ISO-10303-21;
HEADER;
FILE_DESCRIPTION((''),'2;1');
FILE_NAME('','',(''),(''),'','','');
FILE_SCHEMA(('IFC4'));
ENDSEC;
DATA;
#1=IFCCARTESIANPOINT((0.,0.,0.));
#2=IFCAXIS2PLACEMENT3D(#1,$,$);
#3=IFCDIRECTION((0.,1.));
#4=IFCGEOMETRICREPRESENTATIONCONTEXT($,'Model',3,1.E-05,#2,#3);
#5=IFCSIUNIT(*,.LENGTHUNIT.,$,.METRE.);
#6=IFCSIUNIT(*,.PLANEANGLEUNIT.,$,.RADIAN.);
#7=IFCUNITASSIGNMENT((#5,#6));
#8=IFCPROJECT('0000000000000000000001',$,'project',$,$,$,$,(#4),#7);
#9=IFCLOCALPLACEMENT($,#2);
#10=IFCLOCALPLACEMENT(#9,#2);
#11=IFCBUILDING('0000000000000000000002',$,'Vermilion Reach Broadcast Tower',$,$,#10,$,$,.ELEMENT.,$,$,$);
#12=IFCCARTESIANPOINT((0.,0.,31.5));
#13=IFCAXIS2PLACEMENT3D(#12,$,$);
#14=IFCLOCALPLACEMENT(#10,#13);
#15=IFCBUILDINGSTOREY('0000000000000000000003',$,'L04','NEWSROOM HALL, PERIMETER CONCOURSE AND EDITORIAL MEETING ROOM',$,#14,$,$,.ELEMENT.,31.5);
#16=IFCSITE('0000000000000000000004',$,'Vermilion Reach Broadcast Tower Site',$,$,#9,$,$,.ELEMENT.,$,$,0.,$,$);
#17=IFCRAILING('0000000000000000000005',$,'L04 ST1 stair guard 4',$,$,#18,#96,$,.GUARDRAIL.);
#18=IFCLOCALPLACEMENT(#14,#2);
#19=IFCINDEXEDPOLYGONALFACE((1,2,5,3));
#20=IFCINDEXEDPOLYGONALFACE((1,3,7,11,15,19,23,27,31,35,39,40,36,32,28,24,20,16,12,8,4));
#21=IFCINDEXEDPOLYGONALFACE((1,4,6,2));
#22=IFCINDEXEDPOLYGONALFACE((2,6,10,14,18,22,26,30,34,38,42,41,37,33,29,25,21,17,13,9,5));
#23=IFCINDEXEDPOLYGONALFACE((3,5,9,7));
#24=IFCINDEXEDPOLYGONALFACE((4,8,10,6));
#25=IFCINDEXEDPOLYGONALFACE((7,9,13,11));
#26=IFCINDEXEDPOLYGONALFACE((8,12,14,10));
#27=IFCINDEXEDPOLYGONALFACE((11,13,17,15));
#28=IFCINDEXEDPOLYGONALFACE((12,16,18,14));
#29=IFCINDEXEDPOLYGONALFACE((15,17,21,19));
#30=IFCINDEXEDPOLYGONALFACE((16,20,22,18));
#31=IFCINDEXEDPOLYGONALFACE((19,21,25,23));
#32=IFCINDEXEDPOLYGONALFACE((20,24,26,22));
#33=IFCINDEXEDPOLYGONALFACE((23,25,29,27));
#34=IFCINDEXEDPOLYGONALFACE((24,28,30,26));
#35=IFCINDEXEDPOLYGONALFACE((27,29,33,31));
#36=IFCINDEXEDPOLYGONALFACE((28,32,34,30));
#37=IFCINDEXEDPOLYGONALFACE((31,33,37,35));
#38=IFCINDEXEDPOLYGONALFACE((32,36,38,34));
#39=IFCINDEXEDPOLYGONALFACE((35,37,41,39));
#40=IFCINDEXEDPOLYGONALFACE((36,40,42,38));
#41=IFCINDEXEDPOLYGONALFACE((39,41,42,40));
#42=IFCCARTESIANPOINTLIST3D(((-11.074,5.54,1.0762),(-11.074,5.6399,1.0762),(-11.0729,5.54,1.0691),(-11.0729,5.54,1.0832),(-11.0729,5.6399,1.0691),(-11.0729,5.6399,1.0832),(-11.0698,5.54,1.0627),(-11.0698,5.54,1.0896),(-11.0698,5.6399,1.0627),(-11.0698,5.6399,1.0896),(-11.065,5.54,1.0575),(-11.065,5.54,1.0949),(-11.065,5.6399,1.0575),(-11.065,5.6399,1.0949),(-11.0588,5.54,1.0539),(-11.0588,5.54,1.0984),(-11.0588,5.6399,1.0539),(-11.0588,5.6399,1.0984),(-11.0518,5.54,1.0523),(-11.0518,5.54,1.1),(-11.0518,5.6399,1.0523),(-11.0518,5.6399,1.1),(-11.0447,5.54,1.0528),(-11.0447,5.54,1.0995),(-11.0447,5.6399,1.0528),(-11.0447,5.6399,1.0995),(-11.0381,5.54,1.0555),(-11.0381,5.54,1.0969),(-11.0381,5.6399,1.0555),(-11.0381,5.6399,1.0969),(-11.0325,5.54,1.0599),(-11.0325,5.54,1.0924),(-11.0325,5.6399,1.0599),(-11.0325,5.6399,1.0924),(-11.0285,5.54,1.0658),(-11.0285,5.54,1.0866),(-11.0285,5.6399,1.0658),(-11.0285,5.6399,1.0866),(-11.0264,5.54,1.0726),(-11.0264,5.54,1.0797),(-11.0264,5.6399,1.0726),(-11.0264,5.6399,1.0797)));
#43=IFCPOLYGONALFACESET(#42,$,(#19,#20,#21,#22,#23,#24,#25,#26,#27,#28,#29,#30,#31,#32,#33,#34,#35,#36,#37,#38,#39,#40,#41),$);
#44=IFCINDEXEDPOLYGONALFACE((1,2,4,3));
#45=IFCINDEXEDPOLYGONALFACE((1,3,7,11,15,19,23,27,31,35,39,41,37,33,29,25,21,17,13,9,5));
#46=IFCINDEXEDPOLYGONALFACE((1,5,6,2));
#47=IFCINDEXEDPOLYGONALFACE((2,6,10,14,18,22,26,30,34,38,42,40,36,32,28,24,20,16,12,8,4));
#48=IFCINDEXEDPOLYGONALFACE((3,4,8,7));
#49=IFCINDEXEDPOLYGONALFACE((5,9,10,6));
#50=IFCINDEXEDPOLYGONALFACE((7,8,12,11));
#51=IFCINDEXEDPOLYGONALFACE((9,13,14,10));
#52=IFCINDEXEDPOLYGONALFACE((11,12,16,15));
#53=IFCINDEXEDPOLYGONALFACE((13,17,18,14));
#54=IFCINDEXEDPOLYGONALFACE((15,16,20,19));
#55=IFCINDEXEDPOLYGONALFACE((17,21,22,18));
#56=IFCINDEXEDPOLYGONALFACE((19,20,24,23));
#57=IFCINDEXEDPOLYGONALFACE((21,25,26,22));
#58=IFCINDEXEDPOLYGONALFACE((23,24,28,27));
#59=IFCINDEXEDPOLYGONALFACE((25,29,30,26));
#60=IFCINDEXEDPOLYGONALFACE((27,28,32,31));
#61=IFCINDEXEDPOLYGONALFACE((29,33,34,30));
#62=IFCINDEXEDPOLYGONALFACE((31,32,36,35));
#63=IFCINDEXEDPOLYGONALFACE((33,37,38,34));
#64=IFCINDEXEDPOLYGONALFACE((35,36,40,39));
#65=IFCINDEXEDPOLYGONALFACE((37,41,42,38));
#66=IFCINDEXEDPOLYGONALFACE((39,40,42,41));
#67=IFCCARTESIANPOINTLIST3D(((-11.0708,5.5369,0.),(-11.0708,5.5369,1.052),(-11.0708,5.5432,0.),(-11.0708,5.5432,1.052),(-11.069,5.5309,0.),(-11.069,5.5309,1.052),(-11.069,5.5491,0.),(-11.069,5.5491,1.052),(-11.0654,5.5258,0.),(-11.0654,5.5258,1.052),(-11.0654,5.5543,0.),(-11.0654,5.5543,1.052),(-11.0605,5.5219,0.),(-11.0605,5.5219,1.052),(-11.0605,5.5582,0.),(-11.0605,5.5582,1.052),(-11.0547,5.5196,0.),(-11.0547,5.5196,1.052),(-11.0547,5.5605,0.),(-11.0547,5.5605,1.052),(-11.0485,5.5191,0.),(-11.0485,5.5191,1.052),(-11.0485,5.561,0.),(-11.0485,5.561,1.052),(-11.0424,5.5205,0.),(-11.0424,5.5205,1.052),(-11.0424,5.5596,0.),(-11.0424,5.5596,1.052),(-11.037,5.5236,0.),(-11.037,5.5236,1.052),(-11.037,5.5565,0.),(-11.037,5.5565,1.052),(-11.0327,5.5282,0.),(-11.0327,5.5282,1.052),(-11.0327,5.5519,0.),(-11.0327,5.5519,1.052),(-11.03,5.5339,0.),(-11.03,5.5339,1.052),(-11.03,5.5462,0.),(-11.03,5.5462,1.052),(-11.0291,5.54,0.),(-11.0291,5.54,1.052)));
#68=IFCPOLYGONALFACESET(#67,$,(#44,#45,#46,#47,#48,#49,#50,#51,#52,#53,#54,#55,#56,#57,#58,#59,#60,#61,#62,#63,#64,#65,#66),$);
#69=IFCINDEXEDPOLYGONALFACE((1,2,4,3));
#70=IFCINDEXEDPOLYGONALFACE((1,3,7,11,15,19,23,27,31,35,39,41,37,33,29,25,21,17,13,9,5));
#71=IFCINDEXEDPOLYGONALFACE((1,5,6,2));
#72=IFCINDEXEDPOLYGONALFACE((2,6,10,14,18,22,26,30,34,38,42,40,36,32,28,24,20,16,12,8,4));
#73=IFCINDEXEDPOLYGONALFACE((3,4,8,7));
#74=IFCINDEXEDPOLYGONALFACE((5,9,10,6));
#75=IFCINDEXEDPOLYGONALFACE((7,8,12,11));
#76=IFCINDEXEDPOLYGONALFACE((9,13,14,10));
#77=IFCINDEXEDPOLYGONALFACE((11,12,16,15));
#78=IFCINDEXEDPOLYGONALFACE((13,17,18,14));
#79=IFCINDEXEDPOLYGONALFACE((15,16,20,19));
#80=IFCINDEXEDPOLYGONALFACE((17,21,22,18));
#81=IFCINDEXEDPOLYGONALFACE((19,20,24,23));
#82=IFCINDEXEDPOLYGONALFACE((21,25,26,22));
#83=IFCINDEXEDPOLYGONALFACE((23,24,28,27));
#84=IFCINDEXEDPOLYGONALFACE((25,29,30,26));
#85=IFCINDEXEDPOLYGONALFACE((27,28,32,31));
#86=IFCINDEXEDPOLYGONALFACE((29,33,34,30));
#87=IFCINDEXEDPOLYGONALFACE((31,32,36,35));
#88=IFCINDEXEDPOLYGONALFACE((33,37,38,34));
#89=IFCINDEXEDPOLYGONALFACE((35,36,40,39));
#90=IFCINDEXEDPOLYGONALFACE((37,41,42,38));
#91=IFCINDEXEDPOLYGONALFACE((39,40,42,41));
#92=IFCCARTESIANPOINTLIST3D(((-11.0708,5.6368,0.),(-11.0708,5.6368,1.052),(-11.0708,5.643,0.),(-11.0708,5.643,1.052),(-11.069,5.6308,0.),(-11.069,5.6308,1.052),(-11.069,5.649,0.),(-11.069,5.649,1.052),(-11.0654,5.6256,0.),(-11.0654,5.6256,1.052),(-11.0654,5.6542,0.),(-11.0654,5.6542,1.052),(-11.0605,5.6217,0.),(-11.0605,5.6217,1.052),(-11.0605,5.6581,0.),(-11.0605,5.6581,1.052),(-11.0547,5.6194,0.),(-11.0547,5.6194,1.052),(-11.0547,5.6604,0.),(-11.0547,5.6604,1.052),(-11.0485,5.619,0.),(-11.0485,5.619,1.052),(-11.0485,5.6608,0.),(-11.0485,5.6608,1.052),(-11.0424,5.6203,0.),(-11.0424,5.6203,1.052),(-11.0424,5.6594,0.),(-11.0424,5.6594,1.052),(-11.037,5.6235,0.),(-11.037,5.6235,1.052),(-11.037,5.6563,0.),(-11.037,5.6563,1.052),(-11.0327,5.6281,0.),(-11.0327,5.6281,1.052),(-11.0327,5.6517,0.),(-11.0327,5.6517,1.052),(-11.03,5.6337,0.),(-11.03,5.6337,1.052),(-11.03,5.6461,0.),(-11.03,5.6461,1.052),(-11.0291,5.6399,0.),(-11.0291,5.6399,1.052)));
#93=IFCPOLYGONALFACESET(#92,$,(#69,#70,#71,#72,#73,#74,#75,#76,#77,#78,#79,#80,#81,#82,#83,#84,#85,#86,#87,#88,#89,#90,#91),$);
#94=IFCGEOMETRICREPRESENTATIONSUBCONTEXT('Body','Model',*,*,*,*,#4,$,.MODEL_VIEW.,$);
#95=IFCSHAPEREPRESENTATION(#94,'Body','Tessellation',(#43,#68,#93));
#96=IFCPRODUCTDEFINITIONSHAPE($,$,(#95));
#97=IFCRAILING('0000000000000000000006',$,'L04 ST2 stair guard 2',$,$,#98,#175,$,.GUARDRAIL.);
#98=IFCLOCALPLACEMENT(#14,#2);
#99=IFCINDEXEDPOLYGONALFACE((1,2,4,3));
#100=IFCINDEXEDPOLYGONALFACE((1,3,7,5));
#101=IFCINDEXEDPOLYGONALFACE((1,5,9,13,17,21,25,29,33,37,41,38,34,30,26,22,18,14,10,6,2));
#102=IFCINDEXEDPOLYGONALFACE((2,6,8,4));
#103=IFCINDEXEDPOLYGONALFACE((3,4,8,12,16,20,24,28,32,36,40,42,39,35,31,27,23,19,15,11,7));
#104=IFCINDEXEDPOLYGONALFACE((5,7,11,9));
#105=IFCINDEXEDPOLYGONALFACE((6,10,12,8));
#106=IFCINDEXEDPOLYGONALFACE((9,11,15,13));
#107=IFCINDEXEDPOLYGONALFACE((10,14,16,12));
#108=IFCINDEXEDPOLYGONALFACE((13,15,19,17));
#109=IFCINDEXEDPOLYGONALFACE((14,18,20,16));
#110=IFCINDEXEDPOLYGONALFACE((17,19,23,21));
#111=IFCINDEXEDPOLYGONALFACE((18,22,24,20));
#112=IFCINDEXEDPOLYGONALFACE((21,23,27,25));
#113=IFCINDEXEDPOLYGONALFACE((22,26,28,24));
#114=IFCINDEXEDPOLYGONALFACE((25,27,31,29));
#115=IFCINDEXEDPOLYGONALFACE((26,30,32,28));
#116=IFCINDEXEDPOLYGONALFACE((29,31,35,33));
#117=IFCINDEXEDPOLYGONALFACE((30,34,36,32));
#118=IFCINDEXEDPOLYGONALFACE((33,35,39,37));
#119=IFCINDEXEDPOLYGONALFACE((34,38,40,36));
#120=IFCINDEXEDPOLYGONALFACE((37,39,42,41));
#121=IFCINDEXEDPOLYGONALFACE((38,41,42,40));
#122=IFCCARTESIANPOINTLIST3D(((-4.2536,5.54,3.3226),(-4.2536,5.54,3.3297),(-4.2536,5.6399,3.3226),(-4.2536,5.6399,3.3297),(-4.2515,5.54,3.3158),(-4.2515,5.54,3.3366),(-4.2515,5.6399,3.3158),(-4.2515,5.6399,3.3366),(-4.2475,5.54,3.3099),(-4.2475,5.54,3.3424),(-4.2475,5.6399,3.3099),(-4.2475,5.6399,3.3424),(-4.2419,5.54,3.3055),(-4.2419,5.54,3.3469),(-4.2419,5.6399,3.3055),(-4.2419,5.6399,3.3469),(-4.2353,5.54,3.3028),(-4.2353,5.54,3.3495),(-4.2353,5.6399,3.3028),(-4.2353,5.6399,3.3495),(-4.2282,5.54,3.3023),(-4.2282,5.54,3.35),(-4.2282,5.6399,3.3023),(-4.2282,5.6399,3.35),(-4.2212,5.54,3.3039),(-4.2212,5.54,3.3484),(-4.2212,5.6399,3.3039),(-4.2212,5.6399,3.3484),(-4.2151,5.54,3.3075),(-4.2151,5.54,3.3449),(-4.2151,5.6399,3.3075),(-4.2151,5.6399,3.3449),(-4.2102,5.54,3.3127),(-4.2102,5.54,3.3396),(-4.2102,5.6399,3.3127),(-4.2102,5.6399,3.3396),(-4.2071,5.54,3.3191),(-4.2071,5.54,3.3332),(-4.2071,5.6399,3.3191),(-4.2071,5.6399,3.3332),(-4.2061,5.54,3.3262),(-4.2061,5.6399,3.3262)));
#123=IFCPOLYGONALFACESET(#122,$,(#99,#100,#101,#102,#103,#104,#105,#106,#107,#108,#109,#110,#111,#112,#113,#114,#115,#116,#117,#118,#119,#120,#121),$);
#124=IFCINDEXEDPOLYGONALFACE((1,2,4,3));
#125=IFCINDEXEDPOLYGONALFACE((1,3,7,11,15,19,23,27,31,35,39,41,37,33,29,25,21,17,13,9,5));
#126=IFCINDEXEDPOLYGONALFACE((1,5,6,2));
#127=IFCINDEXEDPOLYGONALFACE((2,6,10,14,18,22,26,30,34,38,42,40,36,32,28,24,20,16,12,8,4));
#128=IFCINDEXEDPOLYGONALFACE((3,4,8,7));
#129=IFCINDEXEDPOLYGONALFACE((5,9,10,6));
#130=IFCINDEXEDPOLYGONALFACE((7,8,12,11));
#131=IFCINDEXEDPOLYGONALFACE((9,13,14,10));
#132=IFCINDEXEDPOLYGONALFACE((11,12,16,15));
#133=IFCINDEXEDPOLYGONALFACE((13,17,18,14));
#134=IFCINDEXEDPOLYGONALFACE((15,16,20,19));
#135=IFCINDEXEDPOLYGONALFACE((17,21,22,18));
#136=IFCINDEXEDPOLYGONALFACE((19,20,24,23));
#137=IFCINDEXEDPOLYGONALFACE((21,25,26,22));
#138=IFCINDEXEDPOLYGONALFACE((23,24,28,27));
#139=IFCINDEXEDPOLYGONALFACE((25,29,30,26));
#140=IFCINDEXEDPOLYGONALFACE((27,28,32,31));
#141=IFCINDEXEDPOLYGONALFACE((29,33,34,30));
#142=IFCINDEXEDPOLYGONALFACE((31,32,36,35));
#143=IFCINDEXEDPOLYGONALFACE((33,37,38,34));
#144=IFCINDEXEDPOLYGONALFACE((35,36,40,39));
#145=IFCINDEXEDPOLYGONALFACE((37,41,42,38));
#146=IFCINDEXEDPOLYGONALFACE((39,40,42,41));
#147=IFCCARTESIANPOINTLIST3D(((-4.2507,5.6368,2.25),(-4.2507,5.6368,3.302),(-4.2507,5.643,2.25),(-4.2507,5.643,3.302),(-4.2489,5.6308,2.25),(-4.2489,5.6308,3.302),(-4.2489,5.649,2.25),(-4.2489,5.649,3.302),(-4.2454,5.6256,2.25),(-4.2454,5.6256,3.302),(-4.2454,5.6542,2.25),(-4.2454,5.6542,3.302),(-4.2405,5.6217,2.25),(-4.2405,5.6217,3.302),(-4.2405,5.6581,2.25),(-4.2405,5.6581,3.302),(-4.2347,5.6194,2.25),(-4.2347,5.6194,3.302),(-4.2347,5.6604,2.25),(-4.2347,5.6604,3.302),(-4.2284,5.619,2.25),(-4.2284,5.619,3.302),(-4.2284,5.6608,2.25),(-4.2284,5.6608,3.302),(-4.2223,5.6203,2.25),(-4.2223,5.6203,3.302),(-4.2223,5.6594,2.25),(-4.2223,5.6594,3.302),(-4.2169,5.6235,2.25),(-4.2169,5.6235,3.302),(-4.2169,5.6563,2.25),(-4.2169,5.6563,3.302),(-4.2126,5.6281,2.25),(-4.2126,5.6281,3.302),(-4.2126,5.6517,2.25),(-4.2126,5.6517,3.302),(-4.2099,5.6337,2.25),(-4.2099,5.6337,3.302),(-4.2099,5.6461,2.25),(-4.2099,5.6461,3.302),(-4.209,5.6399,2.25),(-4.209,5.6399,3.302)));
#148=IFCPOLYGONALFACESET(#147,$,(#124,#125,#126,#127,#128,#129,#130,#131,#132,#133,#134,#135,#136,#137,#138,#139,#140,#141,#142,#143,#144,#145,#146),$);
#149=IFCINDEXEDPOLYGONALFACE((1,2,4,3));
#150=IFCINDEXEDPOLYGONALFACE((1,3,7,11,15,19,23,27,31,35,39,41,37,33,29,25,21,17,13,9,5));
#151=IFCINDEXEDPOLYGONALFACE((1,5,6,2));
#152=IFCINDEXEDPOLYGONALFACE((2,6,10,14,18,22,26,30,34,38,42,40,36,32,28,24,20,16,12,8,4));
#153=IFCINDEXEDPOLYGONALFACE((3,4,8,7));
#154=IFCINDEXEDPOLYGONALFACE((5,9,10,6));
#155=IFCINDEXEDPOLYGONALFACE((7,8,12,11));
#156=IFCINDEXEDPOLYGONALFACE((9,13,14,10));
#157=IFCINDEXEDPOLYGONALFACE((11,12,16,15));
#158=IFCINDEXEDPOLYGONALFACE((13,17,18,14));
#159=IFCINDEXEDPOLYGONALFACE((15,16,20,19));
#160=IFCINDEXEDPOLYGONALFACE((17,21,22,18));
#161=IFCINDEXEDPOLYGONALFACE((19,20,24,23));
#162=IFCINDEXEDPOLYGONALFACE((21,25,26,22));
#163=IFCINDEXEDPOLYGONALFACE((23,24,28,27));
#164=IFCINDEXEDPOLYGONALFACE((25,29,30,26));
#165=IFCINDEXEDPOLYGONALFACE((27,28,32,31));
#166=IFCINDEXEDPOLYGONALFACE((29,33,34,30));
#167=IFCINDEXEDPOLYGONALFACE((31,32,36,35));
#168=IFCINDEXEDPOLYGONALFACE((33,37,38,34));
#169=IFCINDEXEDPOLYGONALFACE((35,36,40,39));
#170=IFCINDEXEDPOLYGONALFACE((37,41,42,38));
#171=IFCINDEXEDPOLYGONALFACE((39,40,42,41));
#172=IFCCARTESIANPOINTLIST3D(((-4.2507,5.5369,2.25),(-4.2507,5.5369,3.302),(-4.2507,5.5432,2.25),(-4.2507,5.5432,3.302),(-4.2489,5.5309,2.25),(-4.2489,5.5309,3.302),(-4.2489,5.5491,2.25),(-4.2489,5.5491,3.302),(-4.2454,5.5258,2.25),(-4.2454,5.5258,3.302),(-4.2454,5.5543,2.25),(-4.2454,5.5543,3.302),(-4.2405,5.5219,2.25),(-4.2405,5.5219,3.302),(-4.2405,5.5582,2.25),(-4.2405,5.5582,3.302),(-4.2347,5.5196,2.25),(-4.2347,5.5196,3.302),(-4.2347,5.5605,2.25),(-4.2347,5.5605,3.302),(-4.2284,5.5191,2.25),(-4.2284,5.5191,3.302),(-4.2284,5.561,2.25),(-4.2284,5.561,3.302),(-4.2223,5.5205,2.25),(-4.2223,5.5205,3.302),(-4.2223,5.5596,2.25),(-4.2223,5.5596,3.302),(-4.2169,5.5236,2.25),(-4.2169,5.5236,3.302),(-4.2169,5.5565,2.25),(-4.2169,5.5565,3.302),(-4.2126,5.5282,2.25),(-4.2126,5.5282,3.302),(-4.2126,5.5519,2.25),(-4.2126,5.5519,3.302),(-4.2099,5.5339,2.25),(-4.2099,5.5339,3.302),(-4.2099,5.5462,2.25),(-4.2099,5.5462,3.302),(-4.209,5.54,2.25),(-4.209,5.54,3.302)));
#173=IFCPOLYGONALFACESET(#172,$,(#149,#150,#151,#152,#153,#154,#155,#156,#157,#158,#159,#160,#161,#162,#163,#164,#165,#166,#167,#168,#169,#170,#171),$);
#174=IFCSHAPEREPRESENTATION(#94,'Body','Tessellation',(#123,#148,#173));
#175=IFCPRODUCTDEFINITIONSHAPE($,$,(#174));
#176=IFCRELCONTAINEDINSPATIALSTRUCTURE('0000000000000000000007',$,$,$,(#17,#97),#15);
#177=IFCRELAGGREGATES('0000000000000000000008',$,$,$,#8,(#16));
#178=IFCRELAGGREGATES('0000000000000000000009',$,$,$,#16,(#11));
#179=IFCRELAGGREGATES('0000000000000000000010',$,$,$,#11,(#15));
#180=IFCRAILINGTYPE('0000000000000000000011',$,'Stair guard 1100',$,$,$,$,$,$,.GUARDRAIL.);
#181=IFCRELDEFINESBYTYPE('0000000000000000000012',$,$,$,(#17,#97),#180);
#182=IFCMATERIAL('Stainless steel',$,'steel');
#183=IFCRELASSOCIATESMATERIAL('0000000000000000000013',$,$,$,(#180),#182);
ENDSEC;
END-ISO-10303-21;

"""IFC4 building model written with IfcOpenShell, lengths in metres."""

from ifc_helpers import new_model, si_unit, direction, frame, origin, origin_2d, place, context, subcontext, project, spatial, circle, extrude, material, type_object, element, save


model = new_model("IFC4")

# Units and contexts
model_context = context("Model", 3, precision=1e-05, world=origin(), true_north=direction((0.0, 1.0)))
body_context = subcontext(model_context, "Body", "Model", "MODEL_VIEW")
ifc_project = project(units=[si_unit("LENGTHUNIT", "METRE"), si_unit("PLANEANGLEUNIT", "RADIAN")], contexts=[model_context])

# Site, building, storey
site_placement = place(None, origin())
site = spatial("IfcSite", under=ifc_project, at=site_placement, Name="Vermilion Reach Broadcast Tower Site", CompositionType="ELEMENT", RefElevation=0.0)
building_placement = place(site_placement, origin())
building = spatial("IfcBuilding", under=site, at=building_placement, Name="Vermilion Reach Broadcast Tower", CompositionType="ELEMENT")
storey_placement = place(building_placement, frame((0.0, 0.0, 31.5)))
storey = spatial("IfcBuildingStorey", under=building, at=storey_placement, Name="L04", Description="NEWSROOM HALL, PERIMETER CONCOURSE AND EDITORIAL MEETING ROOM", CompositionType="ELEMENT", Elevation=31.5)

# Railings
ifc_material_1 = material(Name="Stainless steel", Category="steel")
railing_type_1 = type_object("IfcRailingType", Name="Stair guard 1100", PredefinedType="GUARDRAIL", material=ifc_material_1)
railing_1_placement = place(storey_placement, frame((-11.05, 5.54, 0.0)))
element("IfcRailing", 1, at=railing_1_placement, inside=storey, type_object=railing_type_1, Name="L04 ST1 stair guard 4", PredefinedType="GUARDRAIL", context=body_context, shape_type="SweptSolid", body=[
    extrude(circle(Radius=0.0239, at=origin_2d()), frame((0.0, 0.0, 1.0762), z_axis=(0.0, 1.0, 0.0), x_axis=(-1.0, 0.0, 0.0)), (0.0, 0.0, 1.0), 0.0999),
    extrude(circle(Radius=0.021, at=origin_2d()), origin(), (0.0, 0.0, 1.0), 1.052),
    extrude(circle(Radius=0.021, at=origin_2d()), frame((0.0, 0.0999, 0.0)), (0.0, 0.0, 1.0), 1.052),
])
railing_2_placement = place(storey_placement, frame((-4.23, 5.6399, 2.25)))
element("IfcRailing", 2, at=railing_2_placement, inside=storey, type_object=railing_type_1, Name="L04 ST2 stair guard 2", PredefinedType="GUARDRAIL", context=body_context, shape_type="SweptSolid", body=[
    extrude(circle(Radius=0.0239, at=origin_2d()), frame((0.0, 0.0, 1.0762), z_axis=(0.0, -1.0, 0.0), x_axis=(1.0, 0.0, 0.0)), (0.0, 0.0, 1.0), 0.0999),
    extrude(circle(Radius=0.021, at=origin_2d()), origin(), (0.0, 0.0, 1.0), 1.052),
    extrude(circle(Radius=0.021, at=origin_2d()), frame((0.0, -0.0999, 0.0)), (0.0, 0.0, 1.0), 1.052),
])

save(model, "model.ifc")
